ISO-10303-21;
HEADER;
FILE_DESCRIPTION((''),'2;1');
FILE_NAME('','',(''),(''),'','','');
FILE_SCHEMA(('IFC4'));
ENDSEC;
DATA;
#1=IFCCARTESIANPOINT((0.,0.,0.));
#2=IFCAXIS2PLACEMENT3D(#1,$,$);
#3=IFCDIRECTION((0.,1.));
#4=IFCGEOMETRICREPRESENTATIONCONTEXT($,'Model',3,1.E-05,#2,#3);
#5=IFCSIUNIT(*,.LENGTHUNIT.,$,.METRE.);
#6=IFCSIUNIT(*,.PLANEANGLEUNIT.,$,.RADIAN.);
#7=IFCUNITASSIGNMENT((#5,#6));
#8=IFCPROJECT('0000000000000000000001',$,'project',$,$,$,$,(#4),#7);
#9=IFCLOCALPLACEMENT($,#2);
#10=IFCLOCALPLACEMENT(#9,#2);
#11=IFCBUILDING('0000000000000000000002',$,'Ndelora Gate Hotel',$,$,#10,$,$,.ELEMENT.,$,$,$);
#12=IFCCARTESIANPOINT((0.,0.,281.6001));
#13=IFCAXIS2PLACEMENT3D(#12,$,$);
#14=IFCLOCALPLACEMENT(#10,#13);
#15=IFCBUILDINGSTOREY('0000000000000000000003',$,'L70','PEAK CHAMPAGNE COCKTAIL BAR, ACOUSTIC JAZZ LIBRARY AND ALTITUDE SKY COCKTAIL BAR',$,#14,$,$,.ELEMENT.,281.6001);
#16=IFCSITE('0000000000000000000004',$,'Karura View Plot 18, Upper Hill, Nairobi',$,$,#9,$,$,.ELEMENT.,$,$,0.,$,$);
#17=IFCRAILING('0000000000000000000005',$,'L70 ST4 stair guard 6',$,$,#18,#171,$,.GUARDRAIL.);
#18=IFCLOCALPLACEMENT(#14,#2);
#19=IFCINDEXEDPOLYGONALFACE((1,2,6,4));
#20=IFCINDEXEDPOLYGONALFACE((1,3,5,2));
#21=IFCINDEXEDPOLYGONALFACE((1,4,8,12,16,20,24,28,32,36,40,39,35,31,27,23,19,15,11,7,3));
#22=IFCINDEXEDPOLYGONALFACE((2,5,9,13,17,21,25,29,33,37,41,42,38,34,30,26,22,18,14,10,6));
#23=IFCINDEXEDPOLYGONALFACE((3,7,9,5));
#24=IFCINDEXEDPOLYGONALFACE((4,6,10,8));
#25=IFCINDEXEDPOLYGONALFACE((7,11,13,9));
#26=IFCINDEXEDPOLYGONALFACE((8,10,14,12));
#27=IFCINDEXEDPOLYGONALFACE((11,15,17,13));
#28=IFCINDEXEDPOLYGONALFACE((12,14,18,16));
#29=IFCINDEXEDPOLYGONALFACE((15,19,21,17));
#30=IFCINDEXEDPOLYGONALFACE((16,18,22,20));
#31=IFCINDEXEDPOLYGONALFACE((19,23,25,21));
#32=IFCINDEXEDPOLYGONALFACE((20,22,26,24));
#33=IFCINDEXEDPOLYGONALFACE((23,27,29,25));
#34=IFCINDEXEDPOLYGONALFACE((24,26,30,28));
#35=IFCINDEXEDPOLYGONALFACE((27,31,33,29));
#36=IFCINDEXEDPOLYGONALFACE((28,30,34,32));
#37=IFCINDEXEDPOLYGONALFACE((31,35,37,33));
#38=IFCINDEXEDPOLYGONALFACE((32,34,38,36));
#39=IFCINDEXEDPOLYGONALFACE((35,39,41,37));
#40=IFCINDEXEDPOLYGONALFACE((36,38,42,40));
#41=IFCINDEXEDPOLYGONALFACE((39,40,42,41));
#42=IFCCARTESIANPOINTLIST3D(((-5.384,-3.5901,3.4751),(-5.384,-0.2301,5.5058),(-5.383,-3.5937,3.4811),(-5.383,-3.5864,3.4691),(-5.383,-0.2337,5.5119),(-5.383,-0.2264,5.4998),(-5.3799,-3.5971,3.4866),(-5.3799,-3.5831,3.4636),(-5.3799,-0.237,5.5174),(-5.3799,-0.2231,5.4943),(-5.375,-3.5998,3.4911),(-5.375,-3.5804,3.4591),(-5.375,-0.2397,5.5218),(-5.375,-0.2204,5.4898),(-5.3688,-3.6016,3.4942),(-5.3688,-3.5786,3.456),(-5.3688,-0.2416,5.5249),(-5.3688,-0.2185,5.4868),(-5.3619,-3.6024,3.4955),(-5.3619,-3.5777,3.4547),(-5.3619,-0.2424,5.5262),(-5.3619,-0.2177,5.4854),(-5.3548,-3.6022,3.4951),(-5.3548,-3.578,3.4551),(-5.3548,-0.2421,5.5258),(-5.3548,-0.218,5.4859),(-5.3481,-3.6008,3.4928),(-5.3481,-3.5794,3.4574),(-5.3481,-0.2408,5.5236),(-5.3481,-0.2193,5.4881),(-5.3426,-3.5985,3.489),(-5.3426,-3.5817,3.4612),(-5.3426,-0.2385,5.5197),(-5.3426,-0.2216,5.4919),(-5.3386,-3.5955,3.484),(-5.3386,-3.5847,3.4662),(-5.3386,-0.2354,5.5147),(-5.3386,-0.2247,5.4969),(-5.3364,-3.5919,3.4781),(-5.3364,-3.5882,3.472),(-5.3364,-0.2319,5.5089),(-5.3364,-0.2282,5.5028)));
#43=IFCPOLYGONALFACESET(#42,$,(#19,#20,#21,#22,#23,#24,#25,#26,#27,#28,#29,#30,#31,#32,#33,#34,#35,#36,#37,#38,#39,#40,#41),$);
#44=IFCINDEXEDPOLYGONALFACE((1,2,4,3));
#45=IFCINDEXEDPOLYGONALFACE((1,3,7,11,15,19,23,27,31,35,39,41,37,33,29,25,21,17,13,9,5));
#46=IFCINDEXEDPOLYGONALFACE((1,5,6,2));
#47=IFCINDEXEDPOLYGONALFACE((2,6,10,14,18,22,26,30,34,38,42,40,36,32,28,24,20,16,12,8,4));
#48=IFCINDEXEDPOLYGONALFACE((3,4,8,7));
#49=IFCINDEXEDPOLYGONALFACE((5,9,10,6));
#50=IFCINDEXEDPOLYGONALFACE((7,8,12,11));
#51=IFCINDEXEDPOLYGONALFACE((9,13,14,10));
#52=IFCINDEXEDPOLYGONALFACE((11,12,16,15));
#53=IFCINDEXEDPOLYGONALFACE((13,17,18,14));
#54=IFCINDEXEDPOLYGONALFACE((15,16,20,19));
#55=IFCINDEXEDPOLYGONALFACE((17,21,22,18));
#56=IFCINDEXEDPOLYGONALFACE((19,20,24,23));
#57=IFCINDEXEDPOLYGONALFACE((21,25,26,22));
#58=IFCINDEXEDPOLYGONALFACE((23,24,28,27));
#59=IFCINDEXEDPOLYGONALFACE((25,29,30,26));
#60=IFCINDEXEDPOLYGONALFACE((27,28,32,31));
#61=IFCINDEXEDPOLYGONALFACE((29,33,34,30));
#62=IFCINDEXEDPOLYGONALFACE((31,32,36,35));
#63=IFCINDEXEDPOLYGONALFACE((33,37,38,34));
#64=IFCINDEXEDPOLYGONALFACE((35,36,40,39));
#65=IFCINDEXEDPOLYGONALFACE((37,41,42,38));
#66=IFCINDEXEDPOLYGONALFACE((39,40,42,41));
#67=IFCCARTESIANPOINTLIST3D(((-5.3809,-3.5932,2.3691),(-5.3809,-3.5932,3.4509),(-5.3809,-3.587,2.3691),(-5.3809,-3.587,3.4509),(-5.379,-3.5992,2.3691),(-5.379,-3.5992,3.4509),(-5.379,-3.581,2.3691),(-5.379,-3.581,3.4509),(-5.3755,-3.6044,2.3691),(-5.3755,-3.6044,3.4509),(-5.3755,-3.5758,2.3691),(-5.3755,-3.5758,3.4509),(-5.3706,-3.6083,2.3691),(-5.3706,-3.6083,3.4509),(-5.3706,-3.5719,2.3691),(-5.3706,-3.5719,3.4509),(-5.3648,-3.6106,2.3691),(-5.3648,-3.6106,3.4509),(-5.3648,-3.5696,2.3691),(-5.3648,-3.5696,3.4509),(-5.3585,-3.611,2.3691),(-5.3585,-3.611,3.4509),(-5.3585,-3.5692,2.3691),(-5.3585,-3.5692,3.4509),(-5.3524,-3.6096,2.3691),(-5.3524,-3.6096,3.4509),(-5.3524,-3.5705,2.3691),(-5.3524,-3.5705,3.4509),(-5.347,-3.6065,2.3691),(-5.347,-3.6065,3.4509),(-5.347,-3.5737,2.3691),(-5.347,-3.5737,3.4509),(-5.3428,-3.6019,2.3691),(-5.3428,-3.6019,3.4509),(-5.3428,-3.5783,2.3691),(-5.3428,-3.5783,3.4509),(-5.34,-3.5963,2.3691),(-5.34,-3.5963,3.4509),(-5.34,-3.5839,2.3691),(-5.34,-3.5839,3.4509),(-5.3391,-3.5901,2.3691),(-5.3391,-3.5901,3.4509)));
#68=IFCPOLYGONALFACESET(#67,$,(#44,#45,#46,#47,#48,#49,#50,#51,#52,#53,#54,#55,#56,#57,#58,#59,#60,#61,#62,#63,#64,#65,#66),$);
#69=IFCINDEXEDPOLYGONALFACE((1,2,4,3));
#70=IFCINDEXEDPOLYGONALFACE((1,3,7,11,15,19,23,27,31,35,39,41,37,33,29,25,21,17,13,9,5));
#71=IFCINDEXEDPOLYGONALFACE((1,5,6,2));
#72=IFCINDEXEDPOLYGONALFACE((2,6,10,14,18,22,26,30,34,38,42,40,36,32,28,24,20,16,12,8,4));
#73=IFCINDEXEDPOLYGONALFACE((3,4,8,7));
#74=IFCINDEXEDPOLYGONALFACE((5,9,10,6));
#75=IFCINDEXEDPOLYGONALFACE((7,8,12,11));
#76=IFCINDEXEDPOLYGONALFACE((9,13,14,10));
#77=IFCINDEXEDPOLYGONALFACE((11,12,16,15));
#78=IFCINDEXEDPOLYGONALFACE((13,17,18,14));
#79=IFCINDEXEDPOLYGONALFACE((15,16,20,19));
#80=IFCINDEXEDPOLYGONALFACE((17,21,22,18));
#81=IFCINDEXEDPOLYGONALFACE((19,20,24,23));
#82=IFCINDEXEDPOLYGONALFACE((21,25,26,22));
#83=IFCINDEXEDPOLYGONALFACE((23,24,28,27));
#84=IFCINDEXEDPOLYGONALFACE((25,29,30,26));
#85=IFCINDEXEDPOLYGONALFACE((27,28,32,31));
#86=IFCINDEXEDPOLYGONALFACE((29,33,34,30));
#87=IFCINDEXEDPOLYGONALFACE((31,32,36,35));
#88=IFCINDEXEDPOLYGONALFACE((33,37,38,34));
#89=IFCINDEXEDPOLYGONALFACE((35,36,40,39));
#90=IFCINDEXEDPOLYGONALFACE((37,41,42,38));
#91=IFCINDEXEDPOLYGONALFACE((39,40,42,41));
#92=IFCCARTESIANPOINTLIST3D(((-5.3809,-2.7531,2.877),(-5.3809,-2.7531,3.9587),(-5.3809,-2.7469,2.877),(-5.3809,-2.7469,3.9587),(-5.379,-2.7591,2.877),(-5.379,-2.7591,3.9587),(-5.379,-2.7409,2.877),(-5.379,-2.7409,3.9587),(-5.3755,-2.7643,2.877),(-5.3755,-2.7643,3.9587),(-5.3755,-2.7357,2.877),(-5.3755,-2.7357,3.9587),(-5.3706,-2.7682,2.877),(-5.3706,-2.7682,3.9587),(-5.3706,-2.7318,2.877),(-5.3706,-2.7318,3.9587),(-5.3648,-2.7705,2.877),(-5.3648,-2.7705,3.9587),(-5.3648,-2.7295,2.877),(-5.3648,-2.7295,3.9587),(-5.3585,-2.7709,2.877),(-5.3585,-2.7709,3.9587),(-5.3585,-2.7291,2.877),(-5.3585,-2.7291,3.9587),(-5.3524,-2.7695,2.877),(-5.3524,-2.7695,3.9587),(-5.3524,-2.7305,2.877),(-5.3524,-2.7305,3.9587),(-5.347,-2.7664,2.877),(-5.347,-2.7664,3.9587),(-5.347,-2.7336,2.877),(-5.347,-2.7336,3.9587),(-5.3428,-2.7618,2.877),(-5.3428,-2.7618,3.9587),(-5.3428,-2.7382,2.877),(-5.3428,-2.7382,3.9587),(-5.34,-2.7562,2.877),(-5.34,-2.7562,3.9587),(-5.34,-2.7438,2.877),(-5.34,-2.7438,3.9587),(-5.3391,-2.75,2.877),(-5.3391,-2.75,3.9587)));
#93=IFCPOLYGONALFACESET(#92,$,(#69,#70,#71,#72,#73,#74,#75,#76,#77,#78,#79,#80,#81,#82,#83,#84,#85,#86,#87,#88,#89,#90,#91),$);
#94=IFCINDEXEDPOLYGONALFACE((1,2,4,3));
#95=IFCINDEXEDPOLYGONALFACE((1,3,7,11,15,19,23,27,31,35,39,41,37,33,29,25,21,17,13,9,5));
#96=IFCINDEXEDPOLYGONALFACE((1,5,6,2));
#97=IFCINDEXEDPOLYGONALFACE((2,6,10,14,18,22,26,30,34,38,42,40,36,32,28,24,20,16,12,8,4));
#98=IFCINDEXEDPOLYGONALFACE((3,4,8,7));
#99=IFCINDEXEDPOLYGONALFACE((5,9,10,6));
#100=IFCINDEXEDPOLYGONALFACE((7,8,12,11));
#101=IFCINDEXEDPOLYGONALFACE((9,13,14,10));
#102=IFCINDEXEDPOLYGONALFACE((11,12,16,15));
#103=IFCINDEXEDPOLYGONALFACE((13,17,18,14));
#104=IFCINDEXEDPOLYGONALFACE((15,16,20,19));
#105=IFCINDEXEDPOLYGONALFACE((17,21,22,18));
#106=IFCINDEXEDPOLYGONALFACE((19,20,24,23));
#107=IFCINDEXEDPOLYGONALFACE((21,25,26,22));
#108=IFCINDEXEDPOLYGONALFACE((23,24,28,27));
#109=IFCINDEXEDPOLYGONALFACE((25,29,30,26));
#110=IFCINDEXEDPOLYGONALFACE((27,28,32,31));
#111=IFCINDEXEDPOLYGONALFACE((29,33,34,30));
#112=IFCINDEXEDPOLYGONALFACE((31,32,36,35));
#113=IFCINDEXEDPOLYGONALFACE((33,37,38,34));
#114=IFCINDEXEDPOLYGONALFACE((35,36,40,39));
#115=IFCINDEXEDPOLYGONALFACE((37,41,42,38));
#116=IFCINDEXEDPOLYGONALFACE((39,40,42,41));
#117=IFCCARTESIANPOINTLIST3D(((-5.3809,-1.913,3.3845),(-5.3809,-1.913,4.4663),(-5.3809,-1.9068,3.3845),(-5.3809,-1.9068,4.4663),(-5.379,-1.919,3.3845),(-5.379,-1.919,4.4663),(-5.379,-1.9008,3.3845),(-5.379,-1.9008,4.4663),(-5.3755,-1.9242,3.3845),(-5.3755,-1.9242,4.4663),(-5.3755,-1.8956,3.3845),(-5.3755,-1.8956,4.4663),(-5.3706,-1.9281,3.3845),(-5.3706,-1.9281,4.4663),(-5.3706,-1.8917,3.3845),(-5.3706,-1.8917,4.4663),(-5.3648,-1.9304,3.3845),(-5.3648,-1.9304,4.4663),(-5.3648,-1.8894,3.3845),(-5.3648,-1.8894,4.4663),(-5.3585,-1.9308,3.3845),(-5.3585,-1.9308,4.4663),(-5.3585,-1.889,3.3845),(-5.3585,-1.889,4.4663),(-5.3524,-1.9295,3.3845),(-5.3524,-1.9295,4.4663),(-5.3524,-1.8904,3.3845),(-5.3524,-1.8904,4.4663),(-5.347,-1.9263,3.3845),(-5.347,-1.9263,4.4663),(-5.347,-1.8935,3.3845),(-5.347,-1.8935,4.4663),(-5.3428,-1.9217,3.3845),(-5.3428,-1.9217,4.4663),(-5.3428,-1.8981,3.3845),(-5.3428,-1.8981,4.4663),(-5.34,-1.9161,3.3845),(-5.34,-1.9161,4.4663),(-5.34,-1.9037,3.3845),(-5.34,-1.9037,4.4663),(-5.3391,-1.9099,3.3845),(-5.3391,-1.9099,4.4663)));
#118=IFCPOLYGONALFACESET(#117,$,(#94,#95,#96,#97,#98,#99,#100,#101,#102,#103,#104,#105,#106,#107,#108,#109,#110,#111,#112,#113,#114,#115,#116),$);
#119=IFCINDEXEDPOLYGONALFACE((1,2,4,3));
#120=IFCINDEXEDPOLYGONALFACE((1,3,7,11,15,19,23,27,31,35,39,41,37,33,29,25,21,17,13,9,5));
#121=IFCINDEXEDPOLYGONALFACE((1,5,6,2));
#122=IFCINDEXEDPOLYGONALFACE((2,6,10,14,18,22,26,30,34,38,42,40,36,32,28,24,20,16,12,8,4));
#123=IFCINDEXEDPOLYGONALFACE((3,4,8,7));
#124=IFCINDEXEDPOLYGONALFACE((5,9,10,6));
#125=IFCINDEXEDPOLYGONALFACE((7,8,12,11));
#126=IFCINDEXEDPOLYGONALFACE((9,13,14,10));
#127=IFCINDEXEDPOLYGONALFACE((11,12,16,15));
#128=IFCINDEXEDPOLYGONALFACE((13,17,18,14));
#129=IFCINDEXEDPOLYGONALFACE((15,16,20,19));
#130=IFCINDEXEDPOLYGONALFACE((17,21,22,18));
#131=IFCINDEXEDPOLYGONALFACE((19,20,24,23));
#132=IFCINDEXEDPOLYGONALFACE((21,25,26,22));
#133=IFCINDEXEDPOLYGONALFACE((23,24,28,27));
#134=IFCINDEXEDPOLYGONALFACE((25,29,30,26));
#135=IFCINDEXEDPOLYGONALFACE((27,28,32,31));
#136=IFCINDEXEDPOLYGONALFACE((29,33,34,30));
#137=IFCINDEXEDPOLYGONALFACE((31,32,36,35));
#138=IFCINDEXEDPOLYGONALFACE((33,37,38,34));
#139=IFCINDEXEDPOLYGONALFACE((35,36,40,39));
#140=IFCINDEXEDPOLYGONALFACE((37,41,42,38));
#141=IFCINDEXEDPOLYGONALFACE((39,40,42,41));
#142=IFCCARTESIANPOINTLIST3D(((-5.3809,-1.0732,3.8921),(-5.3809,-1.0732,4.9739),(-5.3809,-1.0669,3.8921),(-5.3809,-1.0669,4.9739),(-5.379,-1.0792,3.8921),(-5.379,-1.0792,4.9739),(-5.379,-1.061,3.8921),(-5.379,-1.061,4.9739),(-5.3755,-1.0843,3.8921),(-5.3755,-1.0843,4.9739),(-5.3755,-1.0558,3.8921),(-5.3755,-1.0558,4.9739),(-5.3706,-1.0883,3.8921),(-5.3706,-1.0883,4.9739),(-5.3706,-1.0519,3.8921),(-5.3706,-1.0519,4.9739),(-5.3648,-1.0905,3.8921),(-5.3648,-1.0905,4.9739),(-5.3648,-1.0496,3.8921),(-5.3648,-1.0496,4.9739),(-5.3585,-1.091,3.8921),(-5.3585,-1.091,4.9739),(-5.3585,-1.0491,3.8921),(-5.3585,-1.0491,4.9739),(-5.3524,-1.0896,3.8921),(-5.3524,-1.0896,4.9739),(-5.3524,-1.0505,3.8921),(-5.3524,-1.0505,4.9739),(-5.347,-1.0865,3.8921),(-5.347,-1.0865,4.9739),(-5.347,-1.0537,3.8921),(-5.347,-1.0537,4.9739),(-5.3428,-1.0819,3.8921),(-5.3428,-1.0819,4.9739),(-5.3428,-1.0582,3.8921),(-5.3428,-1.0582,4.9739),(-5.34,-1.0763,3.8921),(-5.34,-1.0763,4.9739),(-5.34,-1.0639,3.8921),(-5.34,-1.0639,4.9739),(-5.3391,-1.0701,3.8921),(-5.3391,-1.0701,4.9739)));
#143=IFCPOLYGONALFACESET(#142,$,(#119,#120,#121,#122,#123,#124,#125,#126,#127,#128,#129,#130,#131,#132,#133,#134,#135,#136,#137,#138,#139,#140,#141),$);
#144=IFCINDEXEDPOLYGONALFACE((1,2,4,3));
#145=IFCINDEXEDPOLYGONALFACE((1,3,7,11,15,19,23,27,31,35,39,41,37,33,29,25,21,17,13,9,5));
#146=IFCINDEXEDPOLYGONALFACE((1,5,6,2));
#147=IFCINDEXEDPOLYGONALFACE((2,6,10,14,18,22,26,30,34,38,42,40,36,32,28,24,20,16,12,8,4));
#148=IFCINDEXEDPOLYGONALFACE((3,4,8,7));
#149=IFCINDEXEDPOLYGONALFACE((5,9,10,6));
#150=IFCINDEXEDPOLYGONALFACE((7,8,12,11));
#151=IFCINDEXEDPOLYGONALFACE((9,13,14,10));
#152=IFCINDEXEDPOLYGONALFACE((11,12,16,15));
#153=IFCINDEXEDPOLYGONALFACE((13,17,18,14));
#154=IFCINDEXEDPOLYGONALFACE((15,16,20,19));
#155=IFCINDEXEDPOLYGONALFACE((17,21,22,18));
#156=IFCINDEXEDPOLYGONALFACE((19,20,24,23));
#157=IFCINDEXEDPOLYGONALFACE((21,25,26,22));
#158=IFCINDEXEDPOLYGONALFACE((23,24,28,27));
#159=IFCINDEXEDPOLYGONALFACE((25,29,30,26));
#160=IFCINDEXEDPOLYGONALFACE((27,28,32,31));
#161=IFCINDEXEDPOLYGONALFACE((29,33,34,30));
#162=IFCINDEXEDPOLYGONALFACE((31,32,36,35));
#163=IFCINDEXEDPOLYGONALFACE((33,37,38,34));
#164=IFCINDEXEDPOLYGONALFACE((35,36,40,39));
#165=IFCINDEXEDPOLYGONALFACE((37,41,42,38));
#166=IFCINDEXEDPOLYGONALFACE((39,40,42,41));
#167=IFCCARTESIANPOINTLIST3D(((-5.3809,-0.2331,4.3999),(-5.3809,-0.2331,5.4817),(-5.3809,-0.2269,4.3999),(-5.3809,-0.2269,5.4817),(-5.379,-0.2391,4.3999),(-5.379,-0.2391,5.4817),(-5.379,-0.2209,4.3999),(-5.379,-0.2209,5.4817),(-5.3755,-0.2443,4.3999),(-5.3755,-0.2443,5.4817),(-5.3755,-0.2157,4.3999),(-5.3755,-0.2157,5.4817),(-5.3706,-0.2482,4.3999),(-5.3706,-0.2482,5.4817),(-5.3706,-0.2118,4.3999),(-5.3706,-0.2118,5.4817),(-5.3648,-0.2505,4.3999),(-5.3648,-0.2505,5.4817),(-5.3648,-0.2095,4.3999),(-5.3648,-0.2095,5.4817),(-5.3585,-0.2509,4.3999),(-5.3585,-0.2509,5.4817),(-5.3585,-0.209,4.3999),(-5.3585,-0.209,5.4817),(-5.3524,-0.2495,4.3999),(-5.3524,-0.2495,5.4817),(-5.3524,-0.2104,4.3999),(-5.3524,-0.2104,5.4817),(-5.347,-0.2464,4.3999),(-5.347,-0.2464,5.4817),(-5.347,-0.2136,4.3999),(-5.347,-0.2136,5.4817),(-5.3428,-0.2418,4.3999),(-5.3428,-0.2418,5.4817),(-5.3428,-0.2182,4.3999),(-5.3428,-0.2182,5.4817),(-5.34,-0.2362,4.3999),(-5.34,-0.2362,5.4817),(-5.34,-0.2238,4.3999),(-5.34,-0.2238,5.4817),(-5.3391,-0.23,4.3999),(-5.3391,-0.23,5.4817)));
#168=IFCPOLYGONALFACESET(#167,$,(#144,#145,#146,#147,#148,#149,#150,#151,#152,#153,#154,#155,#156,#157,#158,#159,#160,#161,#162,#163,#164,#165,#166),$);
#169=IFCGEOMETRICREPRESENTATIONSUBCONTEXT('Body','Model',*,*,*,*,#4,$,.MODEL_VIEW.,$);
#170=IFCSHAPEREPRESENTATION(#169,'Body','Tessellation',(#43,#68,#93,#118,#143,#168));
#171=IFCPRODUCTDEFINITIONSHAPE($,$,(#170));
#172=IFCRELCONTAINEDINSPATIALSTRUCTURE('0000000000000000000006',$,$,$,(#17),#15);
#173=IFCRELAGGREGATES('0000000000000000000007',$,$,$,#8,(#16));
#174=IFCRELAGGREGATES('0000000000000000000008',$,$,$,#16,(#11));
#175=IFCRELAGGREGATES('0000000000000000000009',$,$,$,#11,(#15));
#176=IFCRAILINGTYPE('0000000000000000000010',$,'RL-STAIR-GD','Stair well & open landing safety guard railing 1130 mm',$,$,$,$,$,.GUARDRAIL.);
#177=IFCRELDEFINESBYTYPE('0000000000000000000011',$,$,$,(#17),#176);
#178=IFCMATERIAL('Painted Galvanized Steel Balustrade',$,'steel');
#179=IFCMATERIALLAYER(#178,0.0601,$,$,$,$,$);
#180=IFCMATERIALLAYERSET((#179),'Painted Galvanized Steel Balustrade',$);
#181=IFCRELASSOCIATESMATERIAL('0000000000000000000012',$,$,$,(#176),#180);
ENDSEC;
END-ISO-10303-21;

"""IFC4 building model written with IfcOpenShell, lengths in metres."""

from ifc_helpers import new_model, si_unit, direction, frame, origin, origin_2d, place, context, subcontext, project, spatial, circle, extrude, material, layer, layer_set, type_object, element, save


model = new_model("IFC4")

# Units and contexts
model_context = context("Model", 3, precision=1e-05, world=origin(), true_north=direction((0.0, 1.0)))
body_context = subcontext(model_context, "Body", "Model", "MODEL_VIEW")
ifc_project = project(units=[si_unit("LENGTHUNIT", "METRE"), si_unit("PLANEANGLEUNIT", "RADIAN")], contexts=[model_context])

# Site, building, storey
site_placement = place(None, origin())
site = spatial("IfcSite", under=ifc_project, at=site_placement, Name="Karura View Plot 18, Upper Hill, Nairobi", CompositionType="ELEMENT", RefElevation=0.0)
building_placement = place(site_placement, origin())
building = spatial("IfcBuilding", under=site, at=building_placement, Name="Ndelora Gate Hotel", CompositionType="ELEMENT")
storey_placement = place(building_placement, frame((0.0, 0.0, 281.6001)))
storey = spatial("IfcBuildingStorey", under=building, at=storey_placement, Name="L70", Description="PEAK CHAMPAGNE COCKTAIL BAR, ACOUSTIC JAZZ LIBRARY AND ALTITUDE SKY COCKTAIL BAR", CompositionType="ELEMENT", Elevation=281.6001)

# Railing
ifc_material_1 = material(Name="Painted Galvanized Steel Balustrade", Category="steel")
ifc_layer_1 = layer(ifc_material_1, 0.0601)
ifc_layer_set_1 = layer_set([ifc_layer_1], Name="Painted Galvanized Steel Balustrade")
railing_type_1 = type_object("IfcRailingType", Name="RL-STAIR-GD", Description="Stair well & open landing safety guard railing 1130 mm", PredefinedType="GUARDRAIL", material=ifc_layer_set_1)
railing_1_placement = place(storey_placement, frame((-5.3601, -3.5901, 2.3691)))
element("IfcRailing", 1, at=railing_1_placement, inside=storey, type_object=railing_type_1, Name="L70 ST4 stair guard 6", PredefinedType="GUARDRAIL", context=body_context, shape_type="SweptSolid", body=[
    extrude(circle(Radius=0.0239, at=origin_2d()), frame((0.0, 0.0, 1.106), z_axis=(0.0, 0.855837, 0.517246), x_axis=(-1.0, 0.0, 0.0)), (0.0, 0.0, 1.0), 3.926),
    extrude(circle(Radius=0.021, at=origin_2d()), origin(), (0.0, 0.0, 1.0), 1.0818),
    extrude(circle(Radius=0.021, at=origin_2d()), frame((0.0, 0.8401, 0.5078)), (0.0, 0.0, 1.0), 1.0818),
    extrude(circle(Radius=0.021, at=origin_2d()), frame((0.0, 1.6802, 1.0154)), (0.0, 0.0, 1.0), 1.0818),
    extrude(circle(Radius=0.021, at=origin_2d()), frame((0.0, 2.52, 1.5229)), (0.0, 0.0, 1.0), 1.0818),
    extrude(circle(Radius=0.021, at=origin_2d()), frame((0.0, 3.3601, 2.0308)), (0.0, 0.0, 1.0), 1.0818),
])

save(model, "model.ifc")
